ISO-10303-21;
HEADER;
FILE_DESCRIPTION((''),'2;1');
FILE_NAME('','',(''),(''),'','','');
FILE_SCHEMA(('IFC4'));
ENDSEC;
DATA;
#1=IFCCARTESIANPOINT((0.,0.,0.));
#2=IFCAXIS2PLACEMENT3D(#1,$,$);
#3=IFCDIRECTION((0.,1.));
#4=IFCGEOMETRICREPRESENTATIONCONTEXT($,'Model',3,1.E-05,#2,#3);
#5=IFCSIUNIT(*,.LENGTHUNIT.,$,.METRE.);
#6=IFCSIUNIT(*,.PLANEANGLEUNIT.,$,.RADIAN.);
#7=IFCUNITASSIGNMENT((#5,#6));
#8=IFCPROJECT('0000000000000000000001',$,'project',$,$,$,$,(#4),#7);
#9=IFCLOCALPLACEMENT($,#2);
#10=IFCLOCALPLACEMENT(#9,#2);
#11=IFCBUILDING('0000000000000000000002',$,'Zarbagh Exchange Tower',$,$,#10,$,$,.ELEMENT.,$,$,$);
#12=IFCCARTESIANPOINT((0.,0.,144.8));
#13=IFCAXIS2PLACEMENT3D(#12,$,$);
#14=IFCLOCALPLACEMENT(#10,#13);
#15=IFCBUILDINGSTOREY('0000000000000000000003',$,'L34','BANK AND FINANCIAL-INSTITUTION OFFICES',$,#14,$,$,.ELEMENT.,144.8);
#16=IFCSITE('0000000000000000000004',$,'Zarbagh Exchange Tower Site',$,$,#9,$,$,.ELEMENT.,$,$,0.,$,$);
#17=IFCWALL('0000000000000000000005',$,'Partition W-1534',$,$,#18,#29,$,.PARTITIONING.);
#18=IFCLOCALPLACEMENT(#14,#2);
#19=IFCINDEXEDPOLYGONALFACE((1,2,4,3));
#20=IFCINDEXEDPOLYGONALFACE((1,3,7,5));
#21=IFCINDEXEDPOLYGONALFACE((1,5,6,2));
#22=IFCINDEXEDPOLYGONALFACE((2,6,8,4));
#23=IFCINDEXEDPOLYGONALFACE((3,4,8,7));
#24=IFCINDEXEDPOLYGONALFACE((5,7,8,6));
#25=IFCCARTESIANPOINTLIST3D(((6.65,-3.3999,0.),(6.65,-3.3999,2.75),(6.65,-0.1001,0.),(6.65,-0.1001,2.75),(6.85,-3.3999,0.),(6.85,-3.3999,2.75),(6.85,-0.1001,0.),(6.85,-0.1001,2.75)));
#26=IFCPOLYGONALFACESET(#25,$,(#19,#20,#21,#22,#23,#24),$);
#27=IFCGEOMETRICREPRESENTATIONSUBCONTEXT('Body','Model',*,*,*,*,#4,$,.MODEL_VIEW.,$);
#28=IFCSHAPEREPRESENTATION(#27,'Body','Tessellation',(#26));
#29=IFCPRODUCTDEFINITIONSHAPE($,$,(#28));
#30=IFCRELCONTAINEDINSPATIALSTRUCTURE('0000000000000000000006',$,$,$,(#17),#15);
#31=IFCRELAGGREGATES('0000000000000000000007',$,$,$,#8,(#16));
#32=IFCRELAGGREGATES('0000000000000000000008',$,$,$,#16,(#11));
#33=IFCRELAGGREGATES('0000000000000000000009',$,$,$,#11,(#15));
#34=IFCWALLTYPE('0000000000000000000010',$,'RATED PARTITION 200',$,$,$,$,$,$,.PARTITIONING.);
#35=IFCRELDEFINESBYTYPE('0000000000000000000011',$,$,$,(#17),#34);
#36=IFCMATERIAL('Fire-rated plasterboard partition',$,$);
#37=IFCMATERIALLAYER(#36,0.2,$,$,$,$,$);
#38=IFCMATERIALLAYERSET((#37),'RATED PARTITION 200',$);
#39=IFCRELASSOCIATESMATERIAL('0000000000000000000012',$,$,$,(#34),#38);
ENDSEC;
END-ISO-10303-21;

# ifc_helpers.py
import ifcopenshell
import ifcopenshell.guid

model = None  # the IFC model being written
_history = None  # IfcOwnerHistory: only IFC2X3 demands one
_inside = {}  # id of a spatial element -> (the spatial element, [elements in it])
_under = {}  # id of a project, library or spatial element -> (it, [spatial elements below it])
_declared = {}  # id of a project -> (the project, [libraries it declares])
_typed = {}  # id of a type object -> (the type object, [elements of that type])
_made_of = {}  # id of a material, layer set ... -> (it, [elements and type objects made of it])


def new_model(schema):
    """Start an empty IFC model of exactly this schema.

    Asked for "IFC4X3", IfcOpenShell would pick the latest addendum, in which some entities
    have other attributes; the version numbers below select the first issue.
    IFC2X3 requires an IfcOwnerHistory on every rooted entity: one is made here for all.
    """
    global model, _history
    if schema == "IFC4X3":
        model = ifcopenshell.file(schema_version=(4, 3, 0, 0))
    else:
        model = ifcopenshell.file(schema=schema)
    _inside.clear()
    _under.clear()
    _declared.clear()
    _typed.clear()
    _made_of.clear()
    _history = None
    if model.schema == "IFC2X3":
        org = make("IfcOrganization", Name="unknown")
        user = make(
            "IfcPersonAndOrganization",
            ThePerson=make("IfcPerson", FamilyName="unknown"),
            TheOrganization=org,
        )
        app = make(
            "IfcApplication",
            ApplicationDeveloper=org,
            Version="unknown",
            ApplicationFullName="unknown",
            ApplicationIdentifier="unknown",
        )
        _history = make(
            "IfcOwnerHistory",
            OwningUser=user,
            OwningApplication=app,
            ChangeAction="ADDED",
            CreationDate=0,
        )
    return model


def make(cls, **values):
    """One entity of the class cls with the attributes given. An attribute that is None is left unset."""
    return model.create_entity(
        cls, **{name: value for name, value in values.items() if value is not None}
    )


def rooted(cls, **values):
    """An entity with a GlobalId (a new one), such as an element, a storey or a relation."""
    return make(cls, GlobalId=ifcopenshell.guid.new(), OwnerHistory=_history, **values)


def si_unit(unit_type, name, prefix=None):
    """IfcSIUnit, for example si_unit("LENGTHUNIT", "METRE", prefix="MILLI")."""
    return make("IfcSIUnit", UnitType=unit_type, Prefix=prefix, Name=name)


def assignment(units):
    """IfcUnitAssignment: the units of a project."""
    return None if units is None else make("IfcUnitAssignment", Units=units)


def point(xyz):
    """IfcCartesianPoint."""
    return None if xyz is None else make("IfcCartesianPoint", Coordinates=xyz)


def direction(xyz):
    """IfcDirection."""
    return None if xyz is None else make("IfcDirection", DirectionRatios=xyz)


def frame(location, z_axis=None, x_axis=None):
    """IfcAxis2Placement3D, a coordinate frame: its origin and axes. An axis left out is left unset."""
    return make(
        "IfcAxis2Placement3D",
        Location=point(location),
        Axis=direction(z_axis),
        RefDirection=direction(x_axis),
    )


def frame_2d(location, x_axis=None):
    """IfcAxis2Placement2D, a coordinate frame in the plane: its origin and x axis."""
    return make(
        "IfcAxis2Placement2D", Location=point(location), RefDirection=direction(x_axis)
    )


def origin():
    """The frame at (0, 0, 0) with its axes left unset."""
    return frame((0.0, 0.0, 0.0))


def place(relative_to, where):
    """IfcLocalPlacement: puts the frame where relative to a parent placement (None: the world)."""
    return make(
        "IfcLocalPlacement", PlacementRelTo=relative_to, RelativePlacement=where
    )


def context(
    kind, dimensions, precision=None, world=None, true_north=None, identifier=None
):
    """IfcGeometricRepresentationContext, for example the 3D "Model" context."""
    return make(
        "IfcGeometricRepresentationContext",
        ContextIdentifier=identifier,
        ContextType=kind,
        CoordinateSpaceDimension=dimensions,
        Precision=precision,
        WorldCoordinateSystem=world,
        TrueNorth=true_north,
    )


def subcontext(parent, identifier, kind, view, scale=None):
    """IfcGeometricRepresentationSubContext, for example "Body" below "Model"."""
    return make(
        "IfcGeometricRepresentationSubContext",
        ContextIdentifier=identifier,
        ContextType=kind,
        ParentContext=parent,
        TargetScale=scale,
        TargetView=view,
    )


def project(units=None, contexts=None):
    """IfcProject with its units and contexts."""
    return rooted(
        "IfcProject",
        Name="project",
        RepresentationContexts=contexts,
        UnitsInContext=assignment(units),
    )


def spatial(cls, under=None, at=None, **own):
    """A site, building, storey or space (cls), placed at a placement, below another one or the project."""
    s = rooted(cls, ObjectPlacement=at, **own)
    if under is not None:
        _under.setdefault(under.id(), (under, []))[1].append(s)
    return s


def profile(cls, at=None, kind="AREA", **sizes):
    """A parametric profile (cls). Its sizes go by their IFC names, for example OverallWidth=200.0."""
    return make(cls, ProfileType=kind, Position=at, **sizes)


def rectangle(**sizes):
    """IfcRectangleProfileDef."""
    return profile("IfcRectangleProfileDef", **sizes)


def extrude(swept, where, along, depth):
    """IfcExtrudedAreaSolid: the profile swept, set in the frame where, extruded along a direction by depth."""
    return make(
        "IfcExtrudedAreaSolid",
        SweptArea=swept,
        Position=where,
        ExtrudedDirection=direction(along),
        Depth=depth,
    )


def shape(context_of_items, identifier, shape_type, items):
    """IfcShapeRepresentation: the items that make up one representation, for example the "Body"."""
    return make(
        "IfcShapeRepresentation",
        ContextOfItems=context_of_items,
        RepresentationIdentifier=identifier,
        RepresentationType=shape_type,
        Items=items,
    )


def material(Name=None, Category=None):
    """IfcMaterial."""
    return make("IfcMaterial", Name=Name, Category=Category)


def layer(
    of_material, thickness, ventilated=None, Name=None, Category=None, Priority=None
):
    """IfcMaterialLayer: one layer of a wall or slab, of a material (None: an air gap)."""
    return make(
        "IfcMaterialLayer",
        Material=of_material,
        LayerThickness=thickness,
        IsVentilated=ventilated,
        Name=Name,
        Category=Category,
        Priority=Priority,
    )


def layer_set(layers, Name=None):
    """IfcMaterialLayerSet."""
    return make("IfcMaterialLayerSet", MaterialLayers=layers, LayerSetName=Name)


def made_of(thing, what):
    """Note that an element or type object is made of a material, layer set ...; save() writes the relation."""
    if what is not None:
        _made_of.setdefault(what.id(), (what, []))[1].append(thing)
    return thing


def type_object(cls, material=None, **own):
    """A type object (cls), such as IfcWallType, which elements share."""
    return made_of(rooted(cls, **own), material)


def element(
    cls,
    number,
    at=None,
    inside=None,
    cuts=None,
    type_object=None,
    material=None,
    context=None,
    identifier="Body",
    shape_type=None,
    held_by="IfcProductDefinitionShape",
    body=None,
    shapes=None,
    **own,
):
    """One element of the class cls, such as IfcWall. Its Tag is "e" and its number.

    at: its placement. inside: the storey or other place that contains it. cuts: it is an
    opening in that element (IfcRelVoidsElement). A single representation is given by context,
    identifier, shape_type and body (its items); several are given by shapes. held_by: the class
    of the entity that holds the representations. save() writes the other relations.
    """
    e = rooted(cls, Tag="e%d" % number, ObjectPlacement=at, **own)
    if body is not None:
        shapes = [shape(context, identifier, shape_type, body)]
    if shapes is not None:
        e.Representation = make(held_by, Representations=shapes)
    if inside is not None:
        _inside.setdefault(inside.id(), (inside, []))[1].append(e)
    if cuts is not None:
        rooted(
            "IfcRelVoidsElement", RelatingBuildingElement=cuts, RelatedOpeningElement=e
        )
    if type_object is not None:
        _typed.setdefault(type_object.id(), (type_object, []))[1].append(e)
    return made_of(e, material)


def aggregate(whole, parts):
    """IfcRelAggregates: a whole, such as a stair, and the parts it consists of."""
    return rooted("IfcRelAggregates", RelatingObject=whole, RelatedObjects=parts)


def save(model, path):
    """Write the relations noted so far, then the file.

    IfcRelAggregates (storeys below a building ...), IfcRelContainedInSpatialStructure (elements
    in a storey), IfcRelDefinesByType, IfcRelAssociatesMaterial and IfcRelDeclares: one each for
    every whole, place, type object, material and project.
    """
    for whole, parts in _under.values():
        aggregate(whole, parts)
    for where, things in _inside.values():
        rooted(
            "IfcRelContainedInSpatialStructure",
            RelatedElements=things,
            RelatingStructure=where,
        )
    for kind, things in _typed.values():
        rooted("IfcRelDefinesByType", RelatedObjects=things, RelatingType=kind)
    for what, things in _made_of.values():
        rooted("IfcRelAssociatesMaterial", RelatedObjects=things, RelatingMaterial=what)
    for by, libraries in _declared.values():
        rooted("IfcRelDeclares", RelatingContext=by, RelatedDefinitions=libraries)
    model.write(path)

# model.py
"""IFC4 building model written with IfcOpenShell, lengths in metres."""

from ifc_helpers import new_model, si_unit, direction, frame, frame_2d, origin, place, context, subcontext, project, spatial, rectangle, extrude, material, layer, layer_set, type_object, element, save


model = new_model("IFC4")

# Units and contexts
model_context = context("Model", 3, precision=1e-05, world=origin(), true_north=direction((0.0, 1.0)))
body_context = subcontext(model_context, "Body", "Model", "MODEL_VIEW")
ifc_project = project(units=[si_unit("LENGTHUNIT", "METRE"), si_unit("PLANEANGLEUNIT", "RADIAN")], contexts=[model_context])

# Site, building, storey
site_placement = place(None, origin())
site = spatial("IfcSite", under=ifc_project, at=site_placement, Name="Zarbagh Exchange Tower Site", CompositionType="ELEMENT", RefElevation=0.0)
building_placement = place(site_placement, origin())
building = spatial("IfcBuilding", under=site, at=building_placement, Name="Zarbagh Exchange Tower", CompositionType="ELEMENT")
storey_placement = place(building_placement, frame((0.0, 0.0, 144.8)))
storey = spatial("IfcBuildingStorey", under=building, at=storey_placement, Name="L34", Description="BANK AND FINANCIAL-INSTITUTION OFFICES", CompositionType="ELEMENT", Elevation=144.8)

# Shared definitions
ifc_material_1 = material(Name="Fire-rated plasterboard partition")
ifc_layer_1 = layer(ifc_material_1, 0.2)
ifc_layer_set_1 = layer_set([ifc_layer_1], Name="RATED PARTITION 200")
wall_type = type_object("IfcWallType", Name="RATED PARTITION 200", PredefinedType="PARTITIONING", material=ifc_layer_set_1)

# Wall
wall_1_placement = place(storey_placement, frame((6.75, -3.3999, 0.0), z_axis=(0.0, 0.0, 1.0), x_axis=(0.0, 1.0, 0.0)))
element("IfcWall", 1, at=wall_1_placement, inside=storey, type_object=wall_type, Name="Partition W-1534", PredefinedType="PARTITIONING", context=body_context, shape_type="SweptSolid", body=[
    extrude(rectangle(XDim=3.2998, YDim=0.2, at=frame_2d((1.6499, 0.0))), origin(), (0.0, 0.0, 1.0), 2.75),
])

save(model, "model.ifc")
